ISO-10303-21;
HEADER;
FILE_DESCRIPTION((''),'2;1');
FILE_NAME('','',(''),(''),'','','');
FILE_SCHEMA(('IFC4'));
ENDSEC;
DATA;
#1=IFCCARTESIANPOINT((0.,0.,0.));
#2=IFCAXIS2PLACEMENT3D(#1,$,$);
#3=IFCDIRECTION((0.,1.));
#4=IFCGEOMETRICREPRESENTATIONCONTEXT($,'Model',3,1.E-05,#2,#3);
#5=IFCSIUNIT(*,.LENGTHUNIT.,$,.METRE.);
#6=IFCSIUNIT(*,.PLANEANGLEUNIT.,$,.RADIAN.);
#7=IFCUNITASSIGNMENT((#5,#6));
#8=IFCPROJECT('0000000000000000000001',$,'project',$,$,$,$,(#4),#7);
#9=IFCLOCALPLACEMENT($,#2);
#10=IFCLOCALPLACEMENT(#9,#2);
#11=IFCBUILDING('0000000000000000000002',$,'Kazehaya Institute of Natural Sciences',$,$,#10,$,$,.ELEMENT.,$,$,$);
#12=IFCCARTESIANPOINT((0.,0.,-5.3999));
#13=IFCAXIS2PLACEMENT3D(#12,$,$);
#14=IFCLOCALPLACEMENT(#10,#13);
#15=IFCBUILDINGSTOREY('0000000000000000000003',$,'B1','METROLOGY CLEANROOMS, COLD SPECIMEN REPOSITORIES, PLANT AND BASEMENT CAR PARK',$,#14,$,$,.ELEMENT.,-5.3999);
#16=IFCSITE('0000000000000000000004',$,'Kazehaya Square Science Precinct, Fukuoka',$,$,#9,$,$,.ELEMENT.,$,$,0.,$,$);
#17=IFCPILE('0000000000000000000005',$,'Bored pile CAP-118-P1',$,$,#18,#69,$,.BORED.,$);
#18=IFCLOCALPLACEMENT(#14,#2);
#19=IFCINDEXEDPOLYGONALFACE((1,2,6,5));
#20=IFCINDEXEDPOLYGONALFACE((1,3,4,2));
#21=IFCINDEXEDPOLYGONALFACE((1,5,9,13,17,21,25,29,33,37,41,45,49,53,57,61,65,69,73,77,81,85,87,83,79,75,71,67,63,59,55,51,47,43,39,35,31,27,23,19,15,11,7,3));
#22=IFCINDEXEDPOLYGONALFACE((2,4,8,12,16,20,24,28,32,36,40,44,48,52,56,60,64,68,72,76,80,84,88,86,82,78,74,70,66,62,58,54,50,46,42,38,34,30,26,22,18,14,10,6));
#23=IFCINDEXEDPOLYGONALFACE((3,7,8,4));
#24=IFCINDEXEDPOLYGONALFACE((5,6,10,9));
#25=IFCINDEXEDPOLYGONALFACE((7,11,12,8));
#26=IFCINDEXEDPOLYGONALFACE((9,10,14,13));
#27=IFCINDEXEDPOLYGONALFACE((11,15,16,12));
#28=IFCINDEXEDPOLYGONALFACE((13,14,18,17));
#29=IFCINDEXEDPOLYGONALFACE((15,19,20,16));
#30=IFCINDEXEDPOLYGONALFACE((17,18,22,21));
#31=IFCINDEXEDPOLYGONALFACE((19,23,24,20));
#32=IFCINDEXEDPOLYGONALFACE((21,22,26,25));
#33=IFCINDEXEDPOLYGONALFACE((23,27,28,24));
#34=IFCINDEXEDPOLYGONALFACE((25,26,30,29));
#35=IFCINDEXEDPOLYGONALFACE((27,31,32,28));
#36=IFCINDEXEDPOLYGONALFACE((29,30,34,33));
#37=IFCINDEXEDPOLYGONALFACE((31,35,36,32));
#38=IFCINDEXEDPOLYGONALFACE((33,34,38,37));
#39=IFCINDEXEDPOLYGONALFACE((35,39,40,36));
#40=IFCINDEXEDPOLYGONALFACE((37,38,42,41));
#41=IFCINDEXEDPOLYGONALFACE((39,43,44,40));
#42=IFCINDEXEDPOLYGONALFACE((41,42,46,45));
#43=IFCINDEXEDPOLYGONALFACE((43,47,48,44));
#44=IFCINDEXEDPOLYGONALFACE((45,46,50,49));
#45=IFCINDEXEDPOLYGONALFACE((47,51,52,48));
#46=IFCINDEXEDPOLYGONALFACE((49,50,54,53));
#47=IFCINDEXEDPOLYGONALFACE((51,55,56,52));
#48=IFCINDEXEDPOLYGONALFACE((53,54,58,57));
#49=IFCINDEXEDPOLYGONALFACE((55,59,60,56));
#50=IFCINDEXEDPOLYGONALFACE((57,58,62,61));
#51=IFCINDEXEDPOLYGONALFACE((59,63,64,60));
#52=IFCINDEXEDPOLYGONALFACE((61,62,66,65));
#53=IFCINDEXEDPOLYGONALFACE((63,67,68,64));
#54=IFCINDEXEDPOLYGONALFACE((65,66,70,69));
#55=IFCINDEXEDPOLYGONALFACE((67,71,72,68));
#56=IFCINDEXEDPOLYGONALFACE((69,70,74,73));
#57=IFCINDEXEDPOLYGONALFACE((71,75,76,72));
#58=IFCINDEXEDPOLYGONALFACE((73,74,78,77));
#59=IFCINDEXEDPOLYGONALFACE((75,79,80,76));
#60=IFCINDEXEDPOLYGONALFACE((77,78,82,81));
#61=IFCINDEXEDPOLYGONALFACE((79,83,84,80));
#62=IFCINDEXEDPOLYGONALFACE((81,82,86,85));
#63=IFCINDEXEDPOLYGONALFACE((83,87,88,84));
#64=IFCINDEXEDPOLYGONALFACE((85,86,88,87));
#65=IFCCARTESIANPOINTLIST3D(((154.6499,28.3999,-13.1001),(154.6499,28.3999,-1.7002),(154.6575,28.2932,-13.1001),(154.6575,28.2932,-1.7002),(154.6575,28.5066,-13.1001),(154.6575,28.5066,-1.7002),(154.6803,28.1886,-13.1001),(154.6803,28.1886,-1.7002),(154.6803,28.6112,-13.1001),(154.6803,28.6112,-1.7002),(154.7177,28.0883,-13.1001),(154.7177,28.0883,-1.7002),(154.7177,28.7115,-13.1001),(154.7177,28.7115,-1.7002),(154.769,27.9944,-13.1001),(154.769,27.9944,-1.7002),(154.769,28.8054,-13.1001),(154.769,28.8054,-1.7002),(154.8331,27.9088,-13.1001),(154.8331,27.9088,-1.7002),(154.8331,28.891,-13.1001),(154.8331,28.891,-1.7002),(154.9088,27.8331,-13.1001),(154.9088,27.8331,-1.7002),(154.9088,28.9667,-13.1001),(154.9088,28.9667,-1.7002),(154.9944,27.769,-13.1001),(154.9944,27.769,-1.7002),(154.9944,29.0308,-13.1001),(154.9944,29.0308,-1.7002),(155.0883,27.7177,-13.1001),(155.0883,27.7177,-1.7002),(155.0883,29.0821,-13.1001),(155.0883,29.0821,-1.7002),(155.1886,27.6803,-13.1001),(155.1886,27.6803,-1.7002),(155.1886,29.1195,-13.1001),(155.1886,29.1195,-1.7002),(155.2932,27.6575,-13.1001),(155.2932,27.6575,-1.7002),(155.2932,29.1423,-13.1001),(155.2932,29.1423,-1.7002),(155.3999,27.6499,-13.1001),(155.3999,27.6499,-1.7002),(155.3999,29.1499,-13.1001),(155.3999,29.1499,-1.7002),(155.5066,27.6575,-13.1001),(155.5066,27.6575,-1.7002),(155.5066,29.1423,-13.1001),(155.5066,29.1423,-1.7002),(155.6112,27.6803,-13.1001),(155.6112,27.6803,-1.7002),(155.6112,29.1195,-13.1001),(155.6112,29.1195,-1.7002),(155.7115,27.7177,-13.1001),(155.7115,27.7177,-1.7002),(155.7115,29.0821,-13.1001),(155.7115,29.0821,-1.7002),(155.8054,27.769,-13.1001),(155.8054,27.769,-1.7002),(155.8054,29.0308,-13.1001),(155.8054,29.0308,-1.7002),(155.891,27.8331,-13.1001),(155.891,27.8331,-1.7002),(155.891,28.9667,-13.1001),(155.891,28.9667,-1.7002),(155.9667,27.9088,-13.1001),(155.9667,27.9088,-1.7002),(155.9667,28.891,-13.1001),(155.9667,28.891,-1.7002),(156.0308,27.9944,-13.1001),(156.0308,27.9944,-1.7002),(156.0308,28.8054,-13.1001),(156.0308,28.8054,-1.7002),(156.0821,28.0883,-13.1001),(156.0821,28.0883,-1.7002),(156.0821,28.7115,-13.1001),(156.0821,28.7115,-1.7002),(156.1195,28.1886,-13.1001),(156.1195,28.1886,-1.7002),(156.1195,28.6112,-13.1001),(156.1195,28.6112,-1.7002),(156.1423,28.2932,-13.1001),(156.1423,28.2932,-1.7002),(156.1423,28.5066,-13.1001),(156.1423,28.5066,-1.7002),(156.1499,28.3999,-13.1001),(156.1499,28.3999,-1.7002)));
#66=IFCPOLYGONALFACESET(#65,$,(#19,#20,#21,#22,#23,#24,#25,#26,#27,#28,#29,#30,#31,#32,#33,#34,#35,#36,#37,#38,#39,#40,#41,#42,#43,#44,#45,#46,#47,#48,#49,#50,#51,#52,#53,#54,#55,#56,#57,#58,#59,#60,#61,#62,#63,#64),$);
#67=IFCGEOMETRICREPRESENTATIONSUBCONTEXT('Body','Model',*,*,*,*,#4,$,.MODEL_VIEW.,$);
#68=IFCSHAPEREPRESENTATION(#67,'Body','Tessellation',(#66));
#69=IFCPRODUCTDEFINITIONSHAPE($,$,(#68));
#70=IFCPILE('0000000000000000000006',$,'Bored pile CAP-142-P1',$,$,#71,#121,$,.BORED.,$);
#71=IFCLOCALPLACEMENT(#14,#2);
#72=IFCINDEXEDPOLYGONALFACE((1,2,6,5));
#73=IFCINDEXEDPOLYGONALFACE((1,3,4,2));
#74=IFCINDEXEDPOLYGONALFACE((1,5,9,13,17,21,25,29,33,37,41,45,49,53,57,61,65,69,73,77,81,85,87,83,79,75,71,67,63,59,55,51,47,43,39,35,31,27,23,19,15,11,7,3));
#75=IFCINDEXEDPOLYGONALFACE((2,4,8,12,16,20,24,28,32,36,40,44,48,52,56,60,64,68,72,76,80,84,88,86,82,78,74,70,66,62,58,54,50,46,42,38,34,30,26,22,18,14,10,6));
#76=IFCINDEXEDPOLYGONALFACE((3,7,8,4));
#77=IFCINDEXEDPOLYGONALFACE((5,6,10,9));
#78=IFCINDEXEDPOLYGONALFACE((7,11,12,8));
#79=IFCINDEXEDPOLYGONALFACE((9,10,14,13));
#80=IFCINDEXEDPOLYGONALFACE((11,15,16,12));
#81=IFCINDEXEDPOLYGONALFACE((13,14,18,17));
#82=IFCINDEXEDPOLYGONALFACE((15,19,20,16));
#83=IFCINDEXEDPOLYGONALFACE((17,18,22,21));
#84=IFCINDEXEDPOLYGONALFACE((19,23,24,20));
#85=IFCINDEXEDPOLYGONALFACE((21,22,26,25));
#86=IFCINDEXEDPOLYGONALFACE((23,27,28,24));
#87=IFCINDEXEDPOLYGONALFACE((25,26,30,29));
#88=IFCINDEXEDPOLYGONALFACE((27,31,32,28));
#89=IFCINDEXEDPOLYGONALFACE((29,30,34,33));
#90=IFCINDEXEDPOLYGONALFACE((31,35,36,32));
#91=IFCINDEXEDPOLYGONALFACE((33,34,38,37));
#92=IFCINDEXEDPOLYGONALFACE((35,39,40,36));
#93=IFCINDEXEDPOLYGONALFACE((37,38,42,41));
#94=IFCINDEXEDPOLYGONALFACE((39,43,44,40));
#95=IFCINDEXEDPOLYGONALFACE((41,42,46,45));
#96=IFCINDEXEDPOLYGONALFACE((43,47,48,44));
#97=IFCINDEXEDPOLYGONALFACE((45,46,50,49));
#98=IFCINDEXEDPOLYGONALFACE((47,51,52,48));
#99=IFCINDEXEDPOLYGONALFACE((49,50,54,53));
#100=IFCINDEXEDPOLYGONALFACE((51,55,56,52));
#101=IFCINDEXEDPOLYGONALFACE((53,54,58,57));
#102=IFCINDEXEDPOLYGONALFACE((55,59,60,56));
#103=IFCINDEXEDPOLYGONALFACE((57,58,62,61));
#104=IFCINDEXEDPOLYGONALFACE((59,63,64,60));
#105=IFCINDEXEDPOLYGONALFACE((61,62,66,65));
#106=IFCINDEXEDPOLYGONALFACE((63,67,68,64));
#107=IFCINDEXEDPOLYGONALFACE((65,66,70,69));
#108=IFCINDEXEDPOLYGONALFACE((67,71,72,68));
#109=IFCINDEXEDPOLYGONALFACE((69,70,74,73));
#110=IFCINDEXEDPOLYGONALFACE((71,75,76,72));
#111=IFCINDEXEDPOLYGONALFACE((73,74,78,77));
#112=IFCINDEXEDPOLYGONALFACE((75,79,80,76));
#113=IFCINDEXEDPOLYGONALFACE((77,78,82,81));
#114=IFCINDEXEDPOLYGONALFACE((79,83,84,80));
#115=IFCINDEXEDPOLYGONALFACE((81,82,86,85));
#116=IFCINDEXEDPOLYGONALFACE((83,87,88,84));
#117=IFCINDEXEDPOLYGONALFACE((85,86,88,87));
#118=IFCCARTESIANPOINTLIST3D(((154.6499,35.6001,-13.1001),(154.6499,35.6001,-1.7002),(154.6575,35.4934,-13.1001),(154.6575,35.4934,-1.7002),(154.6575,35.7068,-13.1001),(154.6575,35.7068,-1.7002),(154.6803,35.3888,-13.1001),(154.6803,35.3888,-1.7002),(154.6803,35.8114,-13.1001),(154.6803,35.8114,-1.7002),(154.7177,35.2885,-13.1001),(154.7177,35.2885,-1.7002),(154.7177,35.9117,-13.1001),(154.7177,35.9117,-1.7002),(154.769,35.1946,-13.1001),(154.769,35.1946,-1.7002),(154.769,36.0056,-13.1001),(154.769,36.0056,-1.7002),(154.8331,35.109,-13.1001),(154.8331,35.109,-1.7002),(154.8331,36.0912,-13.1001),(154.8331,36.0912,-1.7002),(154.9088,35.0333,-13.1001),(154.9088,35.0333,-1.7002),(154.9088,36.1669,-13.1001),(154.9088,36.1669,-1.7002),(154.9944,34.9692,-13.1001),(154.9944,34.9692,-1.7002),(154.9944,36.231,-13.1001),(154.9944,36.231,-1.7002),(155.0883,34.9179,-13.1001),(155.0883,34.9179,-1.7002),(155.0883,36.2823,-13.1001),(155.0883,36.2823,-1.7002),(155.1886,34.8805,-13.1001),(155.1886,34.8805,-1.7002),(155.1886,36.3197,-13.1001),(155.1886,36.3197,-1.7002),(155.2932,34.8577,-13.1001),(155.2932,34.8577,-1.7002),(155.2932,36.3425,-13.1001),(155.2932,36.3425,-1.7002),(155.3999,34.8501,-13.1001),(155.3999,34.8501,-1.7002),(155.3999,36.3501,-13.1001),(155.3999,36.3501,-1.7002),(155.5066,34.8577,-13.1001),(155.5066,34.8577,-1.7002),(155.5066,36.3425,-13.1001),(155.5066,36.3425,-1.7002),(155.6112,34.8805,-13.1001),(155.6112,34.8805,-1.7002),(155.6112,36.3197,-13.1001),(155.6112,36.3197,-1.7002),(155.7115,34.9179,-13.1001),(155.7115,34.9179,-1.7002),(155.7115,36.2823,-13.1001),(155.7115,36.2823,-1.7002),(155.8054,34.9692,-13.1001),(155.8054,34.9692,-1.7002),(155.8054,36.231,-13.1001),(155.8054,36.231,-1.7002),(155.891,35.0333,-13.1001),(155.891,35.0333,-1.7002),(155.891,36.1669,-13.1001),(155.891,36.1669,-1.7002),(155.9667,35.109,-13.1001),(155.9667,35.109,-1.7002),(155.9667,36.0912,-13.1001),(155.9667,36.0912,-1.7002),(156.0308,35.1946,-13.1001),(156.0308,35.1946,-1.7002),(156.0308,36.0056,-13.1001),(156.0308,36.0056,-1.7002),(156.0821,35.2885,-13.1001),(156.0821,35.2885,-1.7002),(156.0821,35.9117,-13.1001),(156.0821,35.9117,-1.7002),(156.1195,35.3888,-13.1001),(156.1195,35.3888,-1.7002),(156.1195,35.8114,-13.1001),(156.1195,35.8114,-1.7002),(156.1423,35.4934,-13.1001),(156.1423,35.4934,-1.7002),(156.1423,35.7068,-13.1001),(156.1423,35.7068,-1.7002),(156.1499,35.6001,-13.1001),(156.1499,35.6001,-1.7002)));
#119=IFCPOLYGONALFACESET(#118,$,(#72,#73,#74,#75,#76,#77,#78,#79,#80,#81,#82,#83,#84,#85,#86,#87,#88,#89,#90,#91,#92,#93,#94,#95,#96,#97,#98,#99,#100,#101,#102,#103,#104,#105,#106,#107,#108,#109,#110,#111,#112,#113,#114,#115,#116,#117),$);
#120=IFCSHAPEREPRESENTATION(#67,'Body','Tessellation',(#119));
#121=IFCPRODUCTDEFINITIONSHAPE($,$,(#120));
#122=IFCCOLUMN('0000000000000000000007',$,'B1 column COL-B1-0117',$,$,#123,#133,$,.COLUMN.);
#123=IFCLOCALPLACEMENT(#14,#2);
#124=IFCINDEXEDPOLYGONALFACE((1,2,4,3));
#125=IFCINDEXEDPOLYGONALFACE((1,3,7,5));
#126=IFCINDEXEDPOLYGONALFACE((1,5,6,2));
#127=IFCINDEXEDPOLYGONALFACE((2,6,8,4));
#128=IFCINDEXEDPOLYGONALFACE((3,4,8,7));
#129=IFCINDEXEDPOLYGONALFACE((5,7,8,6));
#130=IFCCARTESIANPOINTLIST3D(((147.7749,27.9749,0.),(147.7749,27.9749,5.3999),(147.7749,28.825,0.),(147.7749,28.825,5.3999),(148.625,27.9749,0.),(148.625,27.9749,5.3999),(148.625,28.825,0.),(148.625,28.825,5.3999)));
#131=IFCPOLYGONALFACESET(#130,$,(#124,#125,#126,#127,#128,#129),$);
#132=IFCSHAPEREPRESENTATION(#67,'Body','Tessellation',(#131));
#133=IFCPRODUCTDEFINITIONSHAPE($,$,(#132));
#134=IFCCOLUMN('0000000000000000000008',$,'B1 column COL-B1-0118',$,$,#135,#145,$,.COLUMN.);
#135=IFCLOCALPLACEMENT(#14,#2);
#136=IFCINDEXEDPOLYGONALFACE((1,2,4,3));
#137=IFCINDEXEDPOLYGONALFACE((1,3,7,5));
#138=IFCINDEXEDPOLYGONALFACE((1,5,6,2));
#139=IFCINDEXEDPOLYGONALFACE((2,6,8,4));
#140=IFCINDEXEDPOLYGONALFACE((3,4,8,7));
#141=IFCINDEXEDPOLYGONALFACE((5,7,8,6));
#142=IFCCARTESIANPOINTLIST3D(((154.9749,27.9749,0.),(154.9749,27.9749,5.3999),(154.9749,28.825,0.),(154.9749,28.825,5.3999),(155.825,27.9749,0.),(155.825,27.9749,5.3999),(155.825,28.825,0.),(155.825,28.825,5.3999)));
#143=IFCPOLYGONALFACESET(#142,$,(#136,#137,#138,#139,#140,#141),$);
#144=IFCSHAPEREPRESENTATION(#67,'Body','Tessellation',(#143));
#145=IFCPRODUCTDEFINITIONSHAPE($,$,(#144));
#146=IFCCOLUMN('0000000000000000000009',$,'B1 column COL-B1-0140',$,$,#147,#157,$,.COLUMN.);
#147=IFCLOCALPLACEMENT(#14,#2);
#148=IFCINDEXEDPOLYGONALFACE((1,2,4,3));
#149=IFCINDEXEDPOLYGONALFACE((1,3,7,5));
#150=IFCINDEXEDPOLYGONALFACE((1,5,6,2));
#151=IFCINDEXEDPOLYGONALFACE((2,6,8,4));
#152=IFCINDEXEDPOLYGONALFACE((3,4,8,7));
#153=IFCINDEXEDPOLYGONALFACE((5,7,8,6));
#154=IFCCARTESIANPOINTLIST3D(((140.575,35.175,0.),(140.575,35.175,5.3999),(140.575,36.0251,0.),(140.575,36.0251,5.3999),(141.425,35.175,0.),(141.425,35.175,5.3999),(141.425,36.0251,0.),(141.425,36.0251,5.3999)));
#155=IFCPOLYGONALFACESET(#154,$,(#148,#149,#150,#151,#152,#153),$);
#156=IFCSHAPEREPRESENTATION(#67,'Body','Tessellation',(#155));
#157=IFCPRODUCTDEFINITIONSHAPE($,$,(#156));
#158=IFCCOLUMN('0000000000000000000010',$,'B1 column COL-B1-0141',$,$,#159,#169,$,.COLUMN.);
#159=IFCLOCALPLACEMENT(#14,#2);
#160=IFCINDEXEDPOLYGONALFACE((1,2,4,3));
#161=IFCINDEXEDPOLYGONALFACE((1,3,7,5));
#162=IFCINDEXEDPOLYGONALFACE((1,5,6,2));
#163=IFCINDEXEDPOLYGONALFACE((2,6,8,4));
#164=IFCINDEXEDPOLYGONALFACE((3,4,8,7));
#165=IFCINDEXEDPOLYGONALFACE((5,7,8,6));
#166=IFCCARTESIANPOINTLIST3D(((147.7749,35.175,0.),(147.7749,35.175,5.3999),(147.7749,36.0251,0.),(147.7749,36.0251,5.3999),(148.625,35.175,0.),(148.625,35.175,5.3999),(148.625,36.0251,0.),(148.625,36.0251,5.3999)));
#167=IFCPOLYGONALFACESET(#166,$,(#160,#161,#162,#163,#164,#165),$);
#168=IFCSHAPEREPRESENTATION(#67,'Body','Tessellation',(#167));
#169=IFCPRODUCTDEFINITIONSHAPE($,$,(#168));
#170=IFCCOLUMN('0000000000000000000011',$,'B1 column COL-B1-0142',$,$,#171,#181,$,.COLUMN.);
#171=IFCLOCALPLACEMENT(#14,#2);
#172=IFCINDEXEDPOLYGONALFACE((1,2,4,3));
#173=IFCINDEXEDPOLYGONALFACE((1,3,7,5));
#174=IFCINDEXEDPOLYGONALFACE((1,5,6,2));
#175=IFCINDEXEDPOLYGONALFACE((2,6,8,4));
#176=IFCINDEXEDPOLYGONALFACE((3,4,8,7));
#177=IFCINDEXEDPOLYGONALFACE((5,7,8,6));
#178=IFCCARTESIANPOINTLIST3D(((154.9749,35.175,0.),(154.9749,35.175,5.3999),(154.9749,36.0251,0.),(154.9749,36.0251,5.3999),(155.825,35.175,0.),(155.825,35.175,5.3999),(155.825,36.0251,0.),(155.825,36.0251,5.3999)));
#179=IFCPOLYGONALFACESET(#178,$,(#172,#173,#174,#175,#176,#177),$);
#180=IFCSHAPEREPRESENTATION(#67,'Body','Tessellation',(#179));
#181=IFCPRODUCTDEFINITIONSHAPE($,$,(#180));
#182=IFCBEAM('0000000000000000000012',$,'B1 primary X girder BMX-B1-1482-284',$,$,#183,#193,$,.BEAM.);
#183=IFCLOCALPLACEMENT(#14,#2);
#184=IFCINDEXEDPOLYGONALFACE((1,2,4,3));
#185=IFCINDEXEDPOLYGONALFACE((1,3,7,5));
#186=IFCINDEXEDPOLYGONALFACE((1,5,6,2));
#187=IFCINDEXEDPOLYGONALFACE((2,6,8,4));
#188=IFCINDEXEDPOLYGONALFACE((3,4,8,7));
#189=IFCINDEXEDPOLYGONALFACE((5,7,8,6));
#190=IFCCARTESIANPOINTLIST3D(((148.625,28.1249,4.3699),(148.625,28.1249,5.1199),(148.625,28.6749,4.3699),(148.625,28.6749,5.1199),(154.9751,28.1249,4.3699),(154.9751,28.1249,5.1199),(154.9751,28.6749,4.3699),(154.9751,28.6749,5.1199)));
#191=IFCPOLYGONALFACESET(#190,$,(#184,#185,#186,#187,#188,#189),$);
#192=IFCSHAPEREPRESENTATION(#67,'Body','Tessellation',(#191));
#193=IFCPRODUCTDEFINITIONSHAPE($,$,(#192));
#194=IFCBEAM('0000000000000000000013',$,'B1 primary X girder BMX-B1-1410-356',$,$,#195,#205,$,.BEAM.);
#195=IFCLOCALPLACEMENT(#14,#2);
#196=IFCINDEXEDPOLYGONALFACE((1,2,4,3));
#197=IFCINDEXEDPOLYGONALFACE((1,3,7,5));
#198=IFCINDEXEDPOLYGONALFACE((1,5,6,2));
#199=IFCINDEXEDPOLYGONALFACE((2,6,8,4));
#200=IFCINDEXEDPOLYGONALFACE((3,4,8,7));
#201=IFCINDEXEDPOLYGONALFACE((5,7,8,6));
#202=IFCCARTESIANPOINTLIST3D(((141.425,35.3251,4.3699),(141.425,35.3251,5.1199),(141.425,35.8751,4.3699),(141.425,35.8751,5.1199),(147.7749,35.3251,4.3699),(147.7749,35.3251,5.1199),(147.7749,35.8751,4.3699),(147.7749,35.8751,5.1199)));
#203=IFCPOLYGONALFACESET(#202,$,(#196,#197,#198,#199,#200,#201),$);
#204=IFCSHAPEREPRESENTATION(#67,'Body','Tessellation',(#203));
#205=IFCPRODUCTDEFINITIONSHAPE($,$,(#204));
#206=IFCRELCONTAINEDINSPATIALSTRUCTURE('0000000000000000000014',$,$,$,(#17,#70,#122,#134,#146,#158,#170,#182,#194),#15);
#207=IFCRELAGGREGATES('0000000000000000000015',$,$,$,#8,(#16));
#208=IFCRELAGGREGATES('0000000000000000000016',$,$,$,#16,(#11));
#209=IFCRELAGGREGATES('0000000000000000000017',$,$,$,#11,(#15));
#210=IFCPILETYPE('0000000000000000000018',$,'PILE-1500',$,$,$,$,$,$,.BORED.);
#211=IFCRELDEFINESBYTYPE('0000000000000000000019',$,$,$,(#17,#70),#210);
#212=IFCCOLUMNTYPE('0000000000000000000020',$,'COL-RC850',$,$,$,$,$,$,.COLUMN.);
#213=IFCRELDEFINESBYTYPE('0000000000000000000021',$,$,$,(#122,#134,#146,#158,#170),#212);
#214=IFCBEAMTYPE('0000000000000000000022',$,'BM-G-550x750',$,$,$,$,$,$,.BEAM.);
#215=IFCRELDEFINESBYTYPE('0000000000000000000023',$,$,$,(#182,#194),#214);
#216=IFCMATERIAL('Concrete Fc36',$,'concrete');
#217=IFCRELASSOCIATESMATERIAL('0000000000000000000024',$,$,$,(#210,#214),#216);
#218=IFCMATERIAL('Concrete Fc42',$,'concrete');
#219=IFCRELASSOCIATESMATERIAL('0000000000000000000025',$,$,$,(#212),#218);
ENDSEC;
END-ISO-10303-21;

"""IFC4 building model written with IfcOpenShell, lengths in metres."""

from ifc_helpers import new_model, si_unit, direction, frame, origin, origin_2d, place, context, subcontext, project, spatial, rectangle, circle, extrude, material, material_profile, profile_set, type_object, element, save


model = new_model("IFC4")

# Units and contexts
model_context = context("Model", 3, precision=1e-05, world=origin(), true_north=direction((0.0, 1.0)))
body_context = subcontext(model_context, "Body", "Model", "MODEL_VIEW")
ifc_project = project(units=[si_unit("LENGTHUNIT", "METRE"), si_unit("PLANEANGLEUNIT", "RADIAN")], contexts=[model_context])

# Site, building, storey
site_placement = place(None, origin())
site = spatial("IfcSite", under=ifc_project, at=site_placement, Name="Kazehaya Square Science Precinct, Fukuoka", CompositionType="ELEMENT", RefElevation=0.0)
building_placement = place(site_placement, origin())
building = spatial("IfcBuilding", under=site, at=building_placement, Name="Kazehaya Institute of Natural Sciences", CompositionType="ELEMENT")
storey_placement = place(building_placement, frame((0.0, 0.0, -5.3999)))
storey = spatial("IfcBuildingStorey", under=building, at=storey_placement, Name="B1", Description="METROLOGY CLEANROOMS, COLD SPECIMEN REPOSITORIES, PLANT AND BASEMENT CAR PARK", CompositionType="ELEMENT", Elevation=-5.3999)

# Shared definitions
ifc_material_1 = material(Name="Concrete Fc36", Category="concrete")

# Piles
ifc_material_profile_1 = material_profile(ifc_material_1, circle(Radius=0.75, at=origin_2d()), Name="PILE-1500")
ifc_profile_set_1 = profile_set([ifc_material_profile_1], Name="Concrete Fc36")
pile_type_1 = type_object("IfcPileType", Name="PILE-1500", PredefinedType="BORED", material=ifc_profile_set_1)
for number, where, z_axis, x_axis, name in (
    (1, (155.3999, 28.3999, -1.7002), (0.0, 0.0, -1.0), (1.0, 0.0, 0.0), "Bored pile CAP-118-P1"),
    (2, (155.3999, 35.6001, -1.7002), (0.0, 0.0, -1.0), (1.0, 0.0, 0.0), "Bored pile CAP-142-P1"),
):
    element("IfcPile", number, at=place(storey_placement, frame(where, z_axis=z_axis, x_axis=x_axis)), inside=storey, type_object=pile_type_1, Name=name, PredefinedType="BORED", context=body_context, shape_type="SweptSolid", body=[
        extrude(circle(Radius=0.75, at=origin_2d()), origin(), (0.0, 0.0, 1.0), 11.3999),
    ])

# Columns
ifc_material_2 = material(Name="Concrete Fc42", Category="concrete")
ifc_material_profile_2 = material_profile(ifc_material_2, rectangle(XDim=0.8501, YDim=0.8501, at=origin_2d()), Name="RC-850x850")
ifc_profile_set_2 = profile_set([ifc_material_profile_2], Name="Concrete Fc42")
column_type = type_object("IfcColumnType", Name="COL-RC850", PredefinedType="COLUMN", material=ifc_profile_set_2)
for number, where, z_axis, x_axis, name in (
    (3, (148.2, 28.3999, 0.0), (0.0, 0.0, 1.0), (1.0, 0.0, 0.0), "B1 column COL-B1-0117"),
    (4, (155.3999, 28.3999, 0.0), (0.0, 0.0, 1.0), (1.0, 0.0, 0.0), "B1 column COL-B1-0118"),
    (5, (141.0, 35.6001, 0.0), (0.0, 0.0, 1.0), (1.0, 0.0, 0.0), "B1 column COL-B1-0140"),
    (6, (148.2, 35.6001, 0.0), (0.0, 0.0, 1.0), (1.0, 0.0, 0.0), "B1 column COL-B1-0141"),
    (7, (155.3999, 35.6001, 0.0), (0.0, 0.0, 1.0), (1.0, 0.0, 0.0), "B1 column COL-B1-0142"),
):
    element("IfcColumn", number, at=place(storey_placement, frame(where, z_axis=z_axis, x_axis=x_axis)), inside=storey, type_object=column_type, Name=name, PredefinedType="COLUMN", context=body_context, shape_type="SweptSolid", body=[
        extrude(rectangle(XDim=0.8501, YDim=0.8501, at=origin_2d()), origin(), (0.0, 0.0, 1.0), 5.3999),
    ])

# Beams
ifc_material_profile_3 = material_profile(ifc_material_1, rectangle(XDim=0.55, YDim=0.75, at=origin_2d()), Name="RC-550x750")
ifc_profile_set_3 = profile_set([ifc_material_profile_3], Name="Concrete Fc36")
beam_type_1 = type_object("IfcBeamType", Name="BM-G-550x750", PredefinedType="BEAM", material=ifc_profile_set_3)
beam_1_placement = place(storey_placement, frame((148.625, 28.3999, 4.7449), z_axis=(1.0, 0.0, 0.0), x_axis=(0.0, 1.0, 0.0)))
element("IfcBeam", 8, at=beam_1_placement, inside=storey, type_object=beam_type_1, Name="B1 primary X girder BMX-B1-1482-284", PredefinedType="BEAM", context=body_context, shape_type="SweptSolid", body=[
    extrude(rectangle(XDim=0.55, YDim=0.75, at=origin_2d()), origin(), (0.0, 0.0, 1.0), 6.3501),
])
beam_2_placement = place(storey_placement, frame((141.425, 35.6001, 4.7449), z_axis=(1.0, 0.0, 0.0), x_axis=(0.0, 1.0, 0.0)))
element("IfcBeam", 9, at=beam_2_placement, inside=storey, type_object=beam_type_1, Name="B1 primary X girder BMX-B1-1410-356", PredefinedType="BEAM", context=body_context, shape_type="SweptSolid", body=[
    extrude(rectangle(XDim=0.55, YDim=0.75, at=origin_2d()), origin(), (0.0, 0.0, 1.0), 6.3499),
])

save(model, "model.ifc")
